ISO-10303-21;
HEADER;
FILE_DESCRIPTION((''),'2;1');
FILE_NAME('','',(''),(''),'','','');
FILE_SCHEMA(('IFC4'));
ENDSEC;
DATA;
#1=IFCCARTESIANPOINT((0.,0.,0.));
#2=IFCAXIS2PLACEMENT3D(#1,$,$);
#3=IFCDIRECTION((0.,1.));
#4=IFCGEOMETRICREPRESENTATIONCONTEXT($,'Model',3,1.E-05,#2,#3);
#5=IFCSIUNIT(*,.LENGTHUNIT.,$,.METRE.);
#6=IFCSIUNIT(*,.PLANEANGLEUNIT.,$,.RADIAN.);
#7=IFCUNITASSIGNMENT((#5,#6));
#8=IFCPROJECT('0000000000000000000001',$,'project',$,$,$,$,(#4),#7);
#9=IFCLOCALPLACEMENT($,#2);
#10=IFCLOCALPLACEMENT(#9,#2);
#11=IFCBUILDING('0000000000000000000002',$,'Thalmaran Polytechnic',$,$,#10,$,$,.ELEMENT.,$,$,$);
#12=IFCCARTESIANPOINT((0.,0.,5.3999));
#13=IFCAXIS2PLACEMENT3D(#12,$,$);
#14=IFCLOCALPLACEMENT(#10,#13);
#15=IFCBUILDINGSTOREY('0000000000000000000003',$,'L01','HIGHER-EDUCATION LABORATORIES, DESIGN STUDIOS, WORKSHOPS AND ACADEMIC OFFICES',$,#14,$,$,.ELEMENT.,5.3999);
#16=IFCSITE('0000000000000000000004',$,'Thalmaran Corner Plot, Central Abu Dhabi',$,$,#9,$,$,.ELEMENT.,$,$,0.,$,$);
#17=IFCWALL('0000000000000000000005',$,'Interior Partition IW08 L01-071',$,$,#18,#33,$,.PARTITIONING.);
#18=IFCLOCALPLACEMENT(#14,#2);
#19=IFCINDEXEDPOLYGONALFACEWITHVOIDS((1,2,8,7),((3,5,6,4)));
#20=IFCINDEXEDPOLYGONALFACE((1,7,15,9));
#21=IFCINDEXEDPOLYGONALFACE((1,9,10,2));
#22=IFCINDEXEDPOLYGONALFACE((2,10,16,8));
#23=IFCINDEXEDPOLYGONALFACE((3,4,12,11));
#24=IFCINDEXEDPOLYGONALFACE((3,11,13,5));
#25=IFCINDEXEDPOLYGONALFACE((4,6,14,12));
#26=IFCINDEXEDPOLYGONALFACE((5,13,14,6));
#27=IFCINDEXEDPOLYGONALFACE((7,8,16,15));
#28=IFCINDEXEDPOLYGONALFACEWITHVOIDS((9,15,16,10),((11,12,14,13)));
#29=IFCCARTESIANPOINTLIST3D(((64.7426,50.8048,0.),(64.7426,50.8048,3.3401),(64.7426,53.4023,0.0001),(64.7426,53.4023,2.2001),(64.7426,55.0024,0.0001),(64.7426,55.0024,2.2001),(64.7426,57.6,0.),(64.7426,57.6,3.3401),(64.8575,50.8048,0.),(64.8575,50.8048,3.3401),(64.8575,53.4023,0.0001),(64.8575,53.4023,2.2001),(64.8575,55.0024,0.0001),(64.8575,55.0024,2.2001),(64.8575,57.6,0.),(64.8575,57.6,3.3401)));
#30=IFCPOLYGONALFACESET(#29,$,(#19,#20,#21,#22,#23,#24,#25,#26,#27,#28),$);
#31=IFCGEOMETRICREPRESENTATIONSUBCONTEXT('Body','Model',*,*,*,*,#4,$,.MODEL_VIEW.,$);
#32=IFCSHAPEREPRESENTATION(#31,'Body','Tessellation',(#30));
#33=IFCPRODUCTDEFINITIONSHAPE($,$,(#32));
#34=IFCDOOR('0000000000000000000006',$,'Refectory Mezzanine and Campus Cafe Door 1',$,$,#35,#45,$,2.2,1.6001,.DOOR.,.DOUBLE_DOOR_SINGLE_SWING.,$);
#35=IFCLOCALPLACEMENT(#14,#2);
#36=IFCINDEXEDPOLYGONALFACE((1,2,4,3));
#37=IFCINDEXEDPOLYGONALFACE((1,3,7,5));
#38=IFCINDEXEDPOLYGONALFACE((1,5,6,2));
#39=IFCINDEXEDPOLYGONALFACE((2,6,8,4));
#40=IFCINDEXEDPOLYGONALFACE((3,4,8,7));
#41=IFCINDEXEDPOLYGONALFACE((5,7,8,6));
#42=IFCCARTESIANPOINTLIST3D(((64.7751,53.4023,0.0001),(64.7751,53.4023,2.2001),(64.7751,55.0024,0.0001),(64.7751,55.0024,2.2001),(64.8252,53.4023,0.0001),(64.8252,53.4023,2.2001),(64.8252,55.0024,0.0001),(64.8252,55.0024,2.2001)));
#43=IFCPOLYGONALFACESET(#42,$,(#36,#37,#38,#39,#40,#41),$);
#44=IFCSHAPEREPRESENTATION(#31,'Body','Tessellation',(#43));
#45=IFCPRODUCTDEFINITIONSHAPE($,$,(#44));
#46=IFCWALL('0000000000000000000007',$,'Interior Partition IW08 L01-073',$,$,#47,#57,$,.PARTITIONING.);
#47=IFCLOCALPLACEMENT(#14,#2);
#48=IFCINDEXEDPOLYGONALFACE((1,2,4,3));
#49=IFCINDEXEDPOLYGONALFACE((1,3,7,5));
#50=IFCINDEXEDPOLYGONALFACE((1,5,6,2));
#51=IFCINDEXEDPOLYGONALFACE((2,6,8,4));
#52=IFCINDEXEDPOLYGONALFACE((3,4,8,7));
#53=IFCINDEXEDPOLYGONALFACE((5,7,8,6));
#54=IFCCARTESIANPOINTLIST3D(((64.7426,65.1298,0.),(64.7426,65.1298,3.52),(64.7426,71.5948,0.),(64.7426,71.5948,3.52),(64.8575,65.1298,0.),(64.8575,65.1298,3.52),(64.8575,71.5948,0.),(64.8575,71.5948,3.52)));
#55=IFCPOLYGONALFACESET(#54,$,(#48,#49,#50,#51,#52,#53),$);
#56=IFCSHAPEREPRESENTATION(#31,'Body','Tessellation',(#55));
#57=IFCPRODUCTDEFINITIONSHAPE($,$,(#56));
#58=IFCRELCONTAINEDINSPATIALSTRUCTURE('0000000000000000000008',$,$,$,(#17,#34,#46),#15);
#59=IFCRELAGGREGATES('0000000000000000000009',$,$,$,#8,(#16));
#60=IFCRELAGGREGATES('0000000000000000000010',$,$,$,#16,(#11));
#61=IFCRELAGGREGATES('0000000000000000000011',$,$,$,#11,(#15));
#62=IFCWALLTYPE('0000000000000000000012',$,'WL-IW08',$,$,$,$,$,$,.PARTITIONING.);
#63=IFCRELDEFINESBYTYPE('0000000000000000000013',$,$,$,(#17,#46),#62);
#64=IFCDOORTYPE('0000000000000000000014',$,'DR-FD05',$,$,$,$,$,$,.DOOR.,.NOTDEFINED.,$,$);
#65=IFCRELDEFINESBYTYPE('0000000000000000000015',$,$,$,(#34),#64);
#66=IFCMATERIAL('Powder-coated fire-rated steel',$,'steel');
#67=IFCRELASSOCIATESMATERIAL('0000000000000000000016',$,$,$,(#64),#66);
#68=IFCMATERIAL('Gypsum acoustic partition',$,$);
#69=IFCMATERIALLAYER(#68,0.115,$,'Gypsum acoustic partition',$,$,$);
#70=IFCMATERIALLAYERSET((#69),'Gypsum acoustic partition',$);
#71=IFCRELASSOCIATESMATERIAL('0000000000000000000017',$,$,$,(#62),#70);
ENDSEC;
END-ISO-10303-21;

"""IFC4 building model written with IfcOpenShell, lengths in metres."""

from ifc_helpers import new_model, si_unit, direction, frame, frame_2d, origin, place, context, subcontext, project, spatial, rectangle, extrude, material, layer, layer_set, type_object, element, fill, save


model = new_model("IFC4")

# Units and contexts
model_context = context("Model", 3, precision=1e-05, world=origin(), true_north=direction((0.0, 1.0)))
body_context = subcontext(model_context, "Body", "Model", "MODEL_VIEW")
ifc_project = project(units=[si_unit("LENGTHUNIT", "METRE"), si_unit("PLANEANGLEUNIT", "RADIAN")], contexts=[model_context])

# Site, building, storey
site_placement = place(None, origin())
site = spatial("IfcSite", under=ifc_project, at=site_placement, Name="Thalmaran Corner Plot, Central Abu Dhabi", CompositionType="ELEMENT", RefElevation=0.0)
building_placement = place(site_placement, origin())
building = spatial("IfcBuilding", under=site, at=building_placement, Name="Thalmaran Polytechnic", CompositionType="ELEMENT")
storey_placement = place(building_placement, frame((0.0, 0.0, 5.3999)))
storey = spatial("IfcBuildingStorey", under=building, at=storey_placement, Name="L01", Description="HIGHER-EDUCATION LABORATORIES, DESIGN STUDIOS, WORKSHOPS AND ACADEMIC OFFICES", CompositionType="ELEMENT", Elevation=5.3999)

# Wall, opening, door
ifc_material_1 = material(Name="Gypsum acoustic partition")
ifc_material_2 = material(Name="Powder-coated fire-rated steel", Category="steel")
door_type = type_object("IfcDoorType", Name="DR-FD05", OperationType="NOTDEFINED", PredefinedType="DOOR", material=ifc_material_2)
ifc_layer_1 = layer(ifc_material_1, 0.115, Name="Gypsum acoustic partition")
ifc_layer_set_1 = layer_set([ifc_layer_1], Name="Gypsum acoustic partition")
wall_type_1 = type_object("IfcWallType", Name="WL-IW08", PredefinedType="PARTITIONING", material=ifc_layer_set_1)
wall_1_placement = place(storey_placement, frame((64.8, 50.8049, 0.0), z_axis=(0.0, 0.0, 1.0), x_axis=(0.0, 1.0, 0.0)))
wall_1 = element("IfcWall", 1, at=wall_1_placement, inside=storey, type_object=wall_type_1, Name="Interior Partition IW08 L01-071", PredefinedType="PARTITIONING", context=body_context, shape_type="SweptSolid", body=[
    extrude(rectangle(XDim=6.7952, YDim=0.115, at=frame_2d((3.3975, 0.0))), origin(), (0.0, 0.0, 1.0), 3.3401),
])
opening_1_placement = place(wall_1_placement, frame((2.5974, 0.0, 0.0)))
opening_1 = element("IfcOpeningElement", 2, at=opening_1_placement, cuts=wall_1, PredefinedType="OPENING", context=body_context, shape_type="SweptSolid", body=[
    extrude(rectangle(XDim=1.6001, YDim=2.2, at=frame_2d((0.8, 1.1001))), frame((0.0, 0.0674, 0.0), z_axis=(0.0, -1.0, 0.0), x_axis=(1.0, 0.0, 0.0)), (0.0, 0.0, 1.0), 0.135),
])
door_1_placement = place(opening_1_placement, origin())
door_1 = element("IfcDoor", 3, at=door_1_placement, inside=storey, type_object=door_type, Name="Refectory Mezzanine and Campus Cafe Door 1", OperationType="DOUBLE_DOOR_SINGLE_SWING", OverallHeight=2.2, OverallWidth=1.6001, PredefinedType="DOOR", context=body_context, shape_type="SweptSolid", body=[
    extrude(rectangle(XDim=1.6001, YDim=2.2, at=frame_2d((0.8, 1.1001))), frame((0.0, 0.0249, 0.0), z_axis=(0.0, -1.0, 0.0), x_axis=(1.0, 0.0, 0.0)), (0.0, 0.0, 1.0), 0.05),
])
fill(opening_1, door_1)

# Wall
wall_2_placement = place(storey_placement, frame((64.8, 65.1299, 0.0), z_axis=(0.0, 0.0, 1.0), x_axis=(0.0, 1.0, 0.0)))
element("IfcWall", 4, at=wall_2_placement, inside=storey, type_object=wall_type_1, Name="Interior Partition IW08 L01-073", PredefinedType="PARTITIONING", context=body_context, shape_type="SweptSolid", body=[
    extrude(rectangle(XDim=6.4651, YDim=0.115, at=frame_2d((3.2324, 0.0))), origin(), (0.0, 0.0, 1.0), 3.52),
])

save(model, "model.ifc")
